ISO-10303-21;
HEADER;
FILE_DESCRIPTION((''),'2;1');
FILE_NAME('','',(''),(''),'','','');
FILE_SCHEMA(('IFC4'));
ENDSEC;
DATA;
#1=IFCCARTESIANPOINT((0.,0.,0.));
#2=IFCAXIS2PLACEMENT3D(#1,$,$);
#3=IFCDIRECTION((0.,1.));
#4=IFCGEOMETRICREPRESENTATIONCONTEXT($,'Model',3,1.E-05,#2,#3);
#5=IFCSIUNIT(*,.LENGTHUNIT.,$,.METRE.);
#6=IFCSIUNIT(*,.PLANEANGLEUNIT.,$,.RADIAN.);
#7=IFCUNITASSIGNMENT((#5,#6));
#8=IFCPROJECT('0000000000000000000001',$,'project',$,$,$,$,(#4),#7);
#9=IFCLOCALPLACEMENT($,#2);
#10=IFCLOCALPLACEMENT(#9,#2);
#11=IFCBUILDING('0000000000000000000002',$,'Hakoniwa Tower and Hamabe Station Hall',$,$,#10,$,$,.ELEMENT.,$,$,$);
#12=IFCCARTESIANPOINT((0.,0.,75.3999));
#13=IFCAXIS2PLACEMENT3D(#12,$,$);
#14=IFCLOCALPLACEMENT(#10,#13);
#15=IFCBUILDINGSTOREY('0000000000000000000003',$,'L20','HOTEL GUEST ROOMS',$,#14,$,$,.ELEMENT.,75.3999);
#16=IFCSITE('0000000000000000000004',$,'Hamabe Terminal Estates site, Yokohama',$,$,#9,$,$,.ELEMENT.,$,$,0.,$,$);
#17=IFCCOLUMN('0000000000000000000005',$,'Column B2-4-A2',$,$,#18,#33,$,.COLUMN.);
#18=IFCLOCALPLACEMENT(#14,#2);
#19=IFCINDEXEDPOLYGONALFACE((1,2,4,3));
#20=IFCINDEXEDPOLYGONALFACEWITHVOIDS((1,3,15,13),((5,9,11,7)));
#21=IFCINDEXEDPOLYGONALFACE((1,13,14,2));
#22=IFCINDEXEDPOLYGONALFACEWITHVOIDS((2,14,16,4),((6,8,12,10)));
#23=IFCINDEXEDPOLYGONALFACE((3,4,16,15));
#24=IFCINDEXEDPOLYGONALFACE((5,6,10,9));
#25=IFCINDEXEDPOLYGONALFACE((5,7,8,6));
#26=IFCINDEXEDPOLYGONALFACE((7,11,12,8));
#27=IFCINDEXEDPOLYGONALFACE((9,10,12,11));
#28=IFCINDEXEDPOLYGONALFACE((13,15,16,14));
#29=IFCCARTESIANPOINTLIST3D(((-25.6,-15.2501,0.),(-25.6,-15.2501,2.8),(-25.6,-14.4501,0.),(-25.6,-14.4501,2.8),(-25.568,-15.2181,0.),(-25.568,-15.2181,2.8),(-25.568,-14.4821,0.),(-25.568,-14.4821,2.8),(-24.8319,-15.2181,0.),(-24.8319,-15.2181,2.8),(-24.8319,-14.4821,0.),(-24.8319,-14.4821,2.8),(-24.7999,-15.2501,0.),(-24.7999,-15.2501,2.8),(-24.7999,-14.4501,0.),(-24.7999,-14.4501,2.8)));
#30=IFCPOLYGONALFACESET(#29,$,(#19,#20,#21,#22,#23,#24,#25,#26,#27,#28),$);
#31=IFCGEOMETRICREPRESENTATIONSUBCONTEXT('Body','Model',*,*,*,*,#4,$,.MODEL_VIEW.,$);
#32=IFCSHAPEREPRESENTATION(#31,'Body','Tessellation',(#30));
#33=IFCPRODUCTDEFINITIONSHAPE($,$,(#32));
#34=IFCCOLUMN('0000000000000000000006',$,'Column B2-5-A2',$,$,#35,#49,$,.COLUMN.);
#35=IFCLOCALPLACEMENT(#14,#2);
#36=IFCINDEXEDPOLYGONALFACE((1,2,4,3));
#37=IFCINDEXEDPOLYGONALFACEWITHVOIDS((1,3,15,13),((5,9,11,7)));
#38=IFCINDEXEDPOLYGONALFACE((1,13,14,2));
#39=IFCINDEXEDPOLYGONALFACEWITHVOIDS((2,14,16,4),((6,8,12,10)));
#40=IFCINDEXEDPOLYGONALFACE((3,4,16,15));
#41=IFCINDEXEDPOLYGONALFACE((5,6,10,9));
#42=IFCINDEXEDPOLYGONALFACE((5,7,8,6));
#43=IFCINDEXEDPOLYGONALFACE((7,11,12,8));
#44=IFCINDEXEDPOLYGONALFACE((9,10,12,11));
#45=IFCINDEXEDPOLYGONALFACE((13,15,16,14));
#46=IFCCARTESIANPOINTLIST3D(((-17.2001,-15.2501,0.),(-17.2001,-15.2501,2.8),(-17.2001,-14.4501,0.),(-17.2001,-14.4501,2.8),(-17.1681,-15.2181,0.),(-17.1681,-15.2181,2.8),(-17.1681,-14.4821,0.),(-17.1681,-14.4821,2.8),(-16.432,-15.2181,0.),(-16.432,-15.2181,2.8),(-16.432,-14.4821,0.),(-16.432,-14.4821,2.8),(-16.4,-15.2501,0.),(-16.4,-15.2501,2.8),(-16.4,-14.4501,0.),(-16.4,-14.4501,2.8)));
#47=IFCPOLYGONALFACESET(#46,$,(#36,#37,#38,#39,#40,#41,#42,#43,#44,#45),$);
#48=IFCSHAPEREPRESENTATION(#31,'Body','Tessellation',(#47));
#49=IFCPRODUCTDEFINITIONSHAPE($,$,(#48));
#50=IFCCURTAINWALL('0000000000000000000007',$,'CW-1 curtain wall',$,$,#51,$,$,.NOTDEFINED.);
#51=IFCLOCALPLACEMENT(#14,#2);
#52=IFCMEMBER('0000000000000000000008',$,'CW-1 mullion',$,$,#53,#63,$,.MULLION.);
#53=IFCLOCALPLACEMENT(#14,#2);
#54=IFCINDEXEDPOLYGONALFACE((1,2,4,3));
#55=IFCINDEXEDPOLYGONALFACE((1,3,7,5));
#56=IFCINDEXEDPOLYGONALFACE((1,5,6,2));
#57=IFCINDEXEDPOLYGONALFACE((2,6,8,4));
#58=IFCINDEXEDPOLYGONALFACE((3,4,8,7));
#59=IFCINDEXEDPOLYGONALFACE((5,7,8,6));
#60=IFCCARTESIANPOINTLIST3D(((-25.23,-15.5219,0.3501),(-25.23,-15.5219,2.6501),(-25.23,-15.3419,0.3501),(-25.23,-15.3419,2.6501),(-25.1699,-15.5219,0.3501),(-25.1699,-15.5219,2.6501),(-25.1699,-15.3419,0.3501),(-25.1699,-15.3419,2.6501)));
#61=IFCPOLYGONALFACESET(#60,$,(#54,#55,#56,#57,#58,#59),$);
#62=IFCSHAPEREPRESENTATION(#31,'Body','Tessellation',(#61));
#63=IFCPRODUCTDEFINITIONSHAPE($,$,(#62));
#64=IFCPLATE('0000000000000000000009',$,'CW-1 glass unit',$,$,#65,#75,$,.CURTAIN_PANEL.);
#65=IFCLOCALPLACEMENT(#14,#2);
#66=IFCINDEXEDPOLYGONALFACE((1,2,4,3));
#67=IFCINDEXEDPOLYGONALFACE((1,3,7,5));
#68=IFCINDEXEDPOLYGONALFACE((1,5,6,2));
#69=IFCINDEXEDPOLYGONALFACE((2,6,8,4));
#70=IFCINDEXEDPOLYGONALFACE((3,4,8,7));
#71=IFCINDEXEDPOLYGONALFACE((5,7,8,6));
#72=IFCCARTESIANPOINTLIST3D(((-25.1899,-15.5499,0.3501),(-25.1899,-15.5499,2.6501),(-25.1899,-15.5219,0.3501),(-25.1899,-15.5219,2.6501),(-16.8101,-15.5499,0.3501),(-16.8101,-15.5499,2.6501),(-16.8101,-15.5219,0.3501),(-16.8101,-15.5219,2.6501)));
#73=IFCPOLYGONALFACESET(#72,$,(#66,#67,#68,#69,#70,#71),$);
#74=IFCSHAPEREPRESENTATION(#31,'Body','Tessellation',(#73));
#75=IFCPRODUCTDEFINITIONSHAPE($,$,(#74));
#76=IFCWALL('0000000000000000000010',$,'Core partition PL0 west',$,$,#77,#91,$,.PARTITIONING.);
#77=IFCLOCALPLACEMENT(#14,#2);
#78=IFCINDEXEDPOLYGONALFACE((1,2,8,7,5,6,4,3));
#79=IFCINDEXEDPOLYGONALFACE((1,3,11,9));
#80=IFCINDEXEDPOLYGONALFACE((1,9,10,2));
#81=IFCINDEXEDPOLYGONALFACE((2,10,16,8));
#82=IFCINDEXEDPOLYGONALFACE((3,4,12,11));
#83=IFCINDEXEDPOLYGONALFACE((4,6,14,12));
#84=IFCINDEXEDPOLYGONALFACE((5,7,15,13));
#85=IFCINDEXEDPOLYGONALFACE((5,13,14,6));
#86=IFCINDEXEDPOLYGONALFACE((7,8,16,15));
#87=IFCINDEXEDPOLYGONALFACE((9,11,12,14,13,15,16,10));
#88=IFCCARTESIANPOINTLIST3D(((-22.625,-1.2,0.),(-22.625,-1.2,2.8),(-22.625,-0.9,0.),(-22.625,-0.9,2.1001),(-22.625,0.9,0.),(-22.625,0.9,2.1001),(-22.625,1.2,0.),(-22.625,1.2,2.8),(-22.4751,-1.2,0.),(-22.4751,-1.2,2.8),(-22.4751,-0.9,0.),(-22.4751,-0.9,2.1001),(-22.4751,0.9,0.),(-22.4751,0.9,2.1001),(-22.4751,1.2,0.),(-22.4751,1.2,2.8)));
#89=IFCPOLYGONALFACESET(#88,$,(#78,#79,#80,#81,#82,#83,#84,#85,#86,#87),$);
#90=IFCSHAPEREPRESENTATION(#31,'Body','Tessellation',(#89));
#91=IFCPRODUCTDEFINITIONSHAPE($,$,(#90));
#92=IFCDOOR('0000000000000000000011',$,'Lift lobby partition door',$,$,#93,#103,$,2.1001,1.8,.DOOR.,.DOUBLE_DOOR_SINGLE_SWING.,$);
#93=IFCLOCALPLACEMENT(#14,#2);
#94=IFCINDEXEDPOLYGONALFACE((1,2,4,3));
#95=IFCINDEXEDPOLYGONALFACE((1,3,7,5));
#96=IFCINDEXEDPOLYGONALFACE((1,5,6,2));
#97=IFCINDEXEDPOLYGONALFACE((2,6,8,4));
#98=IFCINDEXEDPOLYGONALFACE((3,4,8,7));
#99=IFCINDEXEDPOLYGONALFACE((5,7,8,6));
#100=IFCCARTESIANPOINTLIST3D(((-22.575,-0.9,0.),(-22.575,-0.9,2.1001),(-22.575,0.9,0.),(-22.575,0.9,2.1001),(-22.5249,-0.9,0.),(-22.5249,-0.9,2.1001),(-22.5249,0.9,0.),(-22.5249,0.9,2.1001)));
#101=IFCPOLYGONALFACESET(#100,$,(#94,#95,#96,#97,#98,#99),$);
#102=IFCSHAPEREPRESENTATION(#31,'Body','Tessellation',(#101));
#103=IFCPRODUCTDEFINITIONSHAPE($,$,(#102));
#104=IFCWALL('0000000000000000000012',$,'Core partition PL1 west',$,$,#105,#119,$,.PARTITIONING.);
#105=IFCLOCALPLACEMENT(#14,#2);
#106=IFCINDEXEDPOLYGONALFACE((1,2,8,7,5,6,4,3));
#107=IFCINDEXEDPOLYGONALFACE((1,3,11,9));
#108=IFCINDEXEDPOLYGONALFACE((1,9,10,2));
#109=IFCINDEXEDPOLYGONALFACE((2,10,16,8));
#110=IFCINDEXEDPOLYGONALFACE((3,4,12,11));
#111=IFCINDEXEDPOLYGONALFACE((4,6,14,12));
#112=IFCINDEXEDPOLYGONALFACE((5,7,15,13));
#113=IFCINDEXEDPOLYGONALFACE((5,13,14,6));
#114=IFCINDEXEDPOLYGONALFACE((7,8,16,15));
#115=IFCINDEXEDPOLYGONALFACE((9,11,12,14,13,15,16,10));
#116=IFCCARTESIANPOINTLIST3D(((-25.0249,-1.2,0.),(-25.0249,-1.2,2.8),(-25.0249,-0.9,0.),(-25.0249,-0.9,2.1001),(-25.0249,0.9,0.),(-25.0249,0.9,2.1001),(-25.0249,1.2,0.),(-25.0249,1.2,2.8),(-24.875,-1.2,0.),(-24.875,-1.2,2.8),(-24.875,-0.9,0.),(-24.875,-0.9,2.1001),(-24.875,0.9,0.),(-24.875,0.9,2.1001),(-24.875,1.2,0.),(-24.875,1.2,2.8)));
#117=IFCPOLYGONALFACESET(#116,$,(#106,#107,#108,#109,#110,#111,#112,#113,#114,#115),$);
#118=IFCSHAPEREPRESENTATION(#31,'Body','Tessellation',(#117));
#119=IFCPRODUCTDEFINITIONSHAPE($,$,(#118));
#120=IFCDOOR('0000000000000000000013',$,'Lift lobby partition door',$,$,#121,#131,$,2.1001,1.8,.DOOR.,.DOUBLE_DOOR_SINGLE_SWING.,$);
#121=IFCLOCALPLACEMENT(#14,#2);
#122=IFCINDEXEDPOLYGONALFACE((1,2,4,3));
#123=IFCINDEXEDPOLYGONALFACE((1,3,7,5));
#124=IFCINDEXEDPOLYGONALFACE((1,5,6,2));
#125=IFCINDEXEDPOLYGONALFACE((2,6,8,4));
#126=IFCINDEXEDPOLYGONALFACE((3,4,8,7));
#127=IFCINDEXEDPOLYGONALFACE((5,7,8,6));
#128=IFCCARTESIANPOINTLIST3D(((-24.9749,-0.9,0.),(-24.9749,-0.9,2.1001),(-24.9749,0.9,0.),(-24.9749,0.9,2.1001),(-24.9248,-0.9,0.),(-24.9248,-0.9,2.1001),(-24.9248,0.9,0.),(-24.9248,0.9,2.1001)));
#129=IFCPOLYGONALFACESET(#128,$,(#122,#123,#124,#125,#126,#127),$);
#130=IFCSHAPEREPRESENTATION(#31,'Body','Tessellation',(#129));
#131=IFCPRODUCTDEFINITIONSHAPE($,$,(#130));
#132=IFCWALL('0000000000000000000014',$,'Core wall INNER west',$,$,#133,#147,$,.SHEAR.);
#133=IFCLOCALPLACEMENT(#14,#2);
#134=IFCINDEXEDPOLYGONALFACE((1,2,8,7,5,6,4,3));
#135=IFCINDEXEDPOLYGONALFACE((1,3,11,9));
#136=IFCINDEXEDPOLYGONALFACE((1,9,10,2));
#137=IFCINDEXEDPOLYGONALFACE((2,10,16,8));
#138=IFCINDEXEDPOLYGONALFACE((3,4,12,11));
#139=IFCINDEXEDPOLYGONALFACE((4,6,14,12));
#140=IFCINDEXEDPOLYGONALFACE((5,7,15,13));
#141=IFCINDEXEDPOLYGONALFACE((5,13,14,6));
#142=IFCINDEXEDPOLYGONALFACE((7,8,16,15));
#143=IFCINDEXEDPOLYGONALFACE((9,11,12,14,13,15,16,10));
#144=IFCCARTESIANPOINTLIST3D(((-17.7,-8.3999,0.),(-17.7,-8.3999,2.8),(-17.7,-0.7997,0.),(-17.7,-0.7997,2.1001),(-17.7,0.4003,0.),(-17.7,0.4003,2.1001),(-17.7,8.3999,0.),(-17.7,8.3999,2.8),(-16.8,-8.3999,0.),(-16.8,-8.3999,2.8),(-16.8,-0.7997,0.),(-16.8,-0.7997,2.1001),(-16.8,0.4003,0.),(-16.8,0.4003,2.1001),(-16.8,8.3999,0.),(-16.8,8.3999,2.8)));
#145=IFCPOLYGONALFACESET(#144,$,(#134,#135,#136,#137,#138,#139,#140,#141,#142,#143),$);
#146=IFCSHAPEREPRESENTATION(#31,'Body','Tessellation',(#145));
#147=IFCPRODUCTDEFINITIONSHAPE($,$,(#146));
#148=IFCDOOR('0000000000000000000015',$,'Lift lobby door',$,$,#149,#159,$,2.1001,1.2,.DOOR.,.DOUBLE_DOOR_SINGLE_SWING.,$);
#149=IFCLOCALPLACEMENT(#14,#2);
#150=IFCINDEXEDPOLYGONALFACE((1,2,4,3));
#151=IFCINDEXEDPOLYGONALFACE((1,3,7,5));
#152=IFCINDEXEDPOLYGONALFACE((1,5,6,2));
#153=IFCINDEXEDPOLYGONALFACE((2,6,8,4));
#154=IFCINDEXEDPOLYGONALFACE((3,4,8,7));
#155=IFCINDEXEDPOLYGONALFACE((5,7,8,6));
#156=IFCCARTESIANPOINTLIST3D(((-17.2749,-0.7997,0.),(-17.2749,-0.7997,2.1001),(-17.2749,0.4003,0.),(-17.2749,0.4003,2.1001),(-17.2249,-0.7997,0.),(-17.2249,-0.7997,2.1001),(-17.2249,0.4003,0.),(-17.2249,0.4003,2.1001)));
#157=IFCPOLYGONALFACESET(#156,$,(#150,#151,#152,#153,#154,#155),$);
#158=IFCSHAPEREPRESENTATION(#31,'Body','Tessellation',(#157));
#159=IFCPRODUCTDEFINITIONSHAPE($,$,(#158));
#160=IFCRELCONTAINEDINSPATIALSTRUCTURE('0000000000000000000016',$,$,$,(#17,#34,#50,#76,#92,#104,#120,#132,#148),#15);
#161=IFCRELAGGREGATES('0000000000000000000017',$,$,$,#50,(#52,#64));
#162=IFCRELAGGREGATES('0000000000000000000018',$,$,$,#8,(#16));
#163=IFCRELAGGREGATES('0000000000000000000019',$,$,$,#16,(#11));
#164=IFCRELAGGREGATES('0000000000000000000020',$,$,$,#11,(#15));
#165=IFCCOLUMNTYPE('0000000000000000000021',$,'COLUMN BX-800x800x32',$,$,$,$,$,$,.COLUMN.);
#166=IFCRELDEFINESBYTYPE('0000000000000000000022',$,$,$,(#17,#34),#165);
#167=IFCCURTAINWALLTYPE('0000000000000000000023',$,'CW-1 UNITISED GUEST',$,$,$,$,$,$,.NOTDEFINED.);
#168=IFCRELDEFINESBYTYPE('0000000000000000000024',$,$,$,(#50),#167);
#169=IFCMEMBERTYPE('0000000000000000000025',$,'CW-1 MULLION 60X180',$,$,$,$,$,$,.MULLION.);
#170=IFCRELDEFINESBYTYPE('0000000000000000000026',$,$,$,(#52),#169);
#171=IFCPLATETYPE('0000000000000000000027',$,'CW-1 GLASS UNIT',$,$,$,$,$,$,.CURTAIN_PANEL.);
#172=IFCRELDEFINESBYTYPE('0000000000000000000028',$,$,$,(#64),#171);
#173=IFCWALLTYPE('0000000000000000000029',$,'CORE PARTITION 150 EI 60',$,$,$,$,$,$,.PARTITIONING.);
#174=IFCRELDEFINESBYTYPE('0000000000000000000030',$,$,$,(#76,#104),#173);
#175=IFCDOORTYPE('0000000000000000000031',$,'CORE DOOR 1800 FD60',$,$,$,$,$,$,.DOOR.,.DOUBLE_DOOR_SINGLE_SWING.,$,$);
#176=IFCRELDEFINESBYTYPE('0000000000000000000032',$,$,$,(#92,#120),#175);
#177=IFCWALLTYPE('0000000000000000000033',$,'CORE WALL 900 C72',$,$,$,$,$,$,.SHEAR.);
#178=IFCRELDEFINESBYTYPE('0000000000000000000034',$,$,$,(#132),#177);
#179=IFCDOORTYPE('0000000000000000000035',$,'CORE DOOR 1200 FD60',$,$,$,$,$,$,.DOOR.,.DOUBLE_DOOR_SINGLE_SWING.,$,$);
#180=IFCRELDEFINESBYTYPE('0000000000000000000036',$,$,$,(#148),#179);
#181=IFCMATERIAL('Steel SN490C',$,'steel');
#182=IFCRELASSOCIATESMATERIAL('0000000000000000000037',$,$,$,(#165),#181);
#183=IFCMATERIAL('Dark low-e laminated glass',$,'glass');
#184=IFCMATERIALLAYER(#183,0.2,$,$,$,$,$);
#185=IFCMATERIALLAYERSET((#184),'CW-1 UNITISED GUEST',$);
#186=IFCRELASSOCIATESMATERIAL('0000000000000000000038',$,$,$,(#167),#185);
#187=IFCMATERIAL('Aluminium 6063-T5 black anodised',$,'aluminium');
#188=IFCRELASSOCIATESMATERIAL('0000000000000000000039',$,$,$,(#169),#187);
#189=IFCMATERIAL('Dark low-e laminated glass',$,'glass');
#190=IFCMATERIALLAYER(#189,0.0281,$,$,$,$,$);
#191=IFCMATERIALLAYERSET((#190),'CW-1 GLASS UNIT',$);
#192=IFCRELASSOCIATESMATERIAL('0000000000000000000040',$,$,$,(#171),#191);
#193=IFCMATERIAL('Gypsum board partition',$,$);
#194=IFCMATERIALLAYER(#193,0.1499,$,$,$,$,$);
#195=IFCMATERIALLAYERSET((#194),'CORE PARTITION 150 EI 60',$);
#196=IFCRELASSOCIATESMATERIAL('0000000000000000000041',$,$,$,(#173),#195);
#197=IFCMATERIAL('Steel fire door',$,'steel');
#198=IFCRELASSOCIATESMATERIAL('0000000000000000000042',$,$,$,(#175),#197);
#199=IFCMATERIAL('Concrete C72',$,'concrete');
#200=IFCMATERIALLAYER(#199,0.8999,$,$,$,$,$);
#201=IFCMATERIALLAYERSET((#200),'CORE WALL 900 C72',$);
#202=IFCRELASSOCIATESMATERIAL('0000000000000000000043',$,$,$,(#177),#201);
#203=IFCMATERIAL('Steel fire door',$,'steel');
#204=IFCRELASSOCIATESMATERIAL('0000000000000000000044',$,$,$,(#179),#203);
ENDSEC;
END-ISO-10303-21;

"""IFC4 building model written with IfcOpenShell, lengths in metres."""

from ifc_helpers import new_model, si_unit, direction, frame, frame_2d, origin, origin_2d, place, context, subcontext, project, spatial, rectangle, hollow_rectangle, extrude, material, layer, layer_set, material_profile, profile_set, type_object, element, fill, aggregate, save


model = new_model("IFC4")

# Units and contexts
model_context = context("Model", 3, precision=1e-05, world=origin(), true_north=direction((0.0, 1.0)))
body_context = subcontext(model_context, "Body", "Model", "MODEL_VIEW")
ifc_project = project(units=[si_unit("LENGTHUNIT", "METRE"), si_unit("PLANEANGLEUNIT", "RADIAN")], contexts=[model_context])

# Site, building, storey
site_placement = place(None, origin())
site = spatial("IfcSite", under=ifc_project, at=site_placement, Name="Hamabe Terminal Estates site, Yokohama", CompositionType="ELEMENT", RefElevation=0.0)
building_placement = place(site_placement, origin())
building = spatial("IfcBuilding", under=site, at=building_placement, Name="Hakoniwa Tower and Hamabe Station Hall", CompositionType="ELEMENT")
storey_placement = place(building_placement, frame((0.0, 0.0, 75.3999)))
storey = spatial("IfcBuildingStorey", under=building, at=storey_placement, Name="L20", Description="HOTEL GUEST ROOMS", CompositionType="ELEMENT", Elevation=75.3999)

# Columns
ifc_material_1 = material(Name="Steel SN490C", Category="steel")
ifc_material_profile_1 = material_profile(ifc_material_1, hollow_rectangle(XDim=0.8, YDim=0.8, WallThickness=0.032, at=origin_2d()), Name="BX-800x800x32")
ifc_profile_set_1 = profile_set([ifc_material_profile_1], Name="Steel SN490C")
column_type = type_object("IfcColumnType", Name="COLUMN BX-800x800x32", PredefinedType="COLUMN", material=ifc_profile_set_1)
for number, where, z_axis, x_axis, name in (
    (1, (-25.2, -14.8501, 0.0), (0.0, 0.0, 1.0), (1.0, 0.0, 0.0), "Column B2-4-A2"),
    (2, (-16.8, -14.8501, 0.0), (0.0, 0.0, 1.0), (1.0, 0.0, 0.0), "Column B2-5-A2"),
):
    element("IfcColumn", number, at=place(storey_placement, frame(where, z_axis=z_axis, x_axis=x_axis)), inside=storey, type_object=column_type, Name=name, PredefinedType="COLUMN", context=body_context, shape_type="SweptSolid", body=[
        extrude(hollow_rectangle(XDim=0.8, YDim=0.8, WallThickness=0.032, at=origin_2d()), origin(), (0.0, 0.0, 1.0), 2.8),
    ])

# Curtain wall, member, plate
ifc_material_2 = material(Name="Dark low-e laminated glass", Category="glass")
ifc_layer_1 = layer(ifc_material_2, 0.2)
ifc_layer_set_1 = layer_set([ifc_layer_1], Name="CW-1 UNITISED GUEST")
curtain_wall_type = type_object("IfcCurtainWallType", Name="CW-1 UNITISED GUEST", PredefinedType="NOTDEFINED", material=ifc_layer_set_1)
curtain_wall_placement = place(storey_placement, origin())
curtain_wall = element("IfcCurtainWall", 3, at=curtain_wall_placement, inside=storey, type_object=curtain_wall_type, Name="CW-1 curtain wall", PredefinedType="NOTDEFINED")
ifc_material_3 = material(Name="Aluminium 6063-T5 black anodised", Category="aluminium")
ifc_material_profile_2 = material_profile(ifc_material_3, rectangle(XDim=0.0601, YDim=0.1799, at=origin_2d()), Name="CW-1 MULLION 60X180")
ifc_profile_set_2 = profile_set([ifc_material_profile_2], Name="Aluminium 6063-T5 black anodised")
member_type = type_object("IfcMemberType", Name="CW-1 MULLION 60X180", PredefinedType="MULLION", material=ifc_profile_set_2)
member_placement = place(storey_placement, frame((-25.2, -15.4319, 0.3501), z_axis=(0.0, 0.0, 1.0), x_axis=(1.0, 0.0, 0.0)))
member = element("IfcMember", 4, at=member_placement, type_object=member_type, Name="CW-1 mullion", PredefinedType="MULLION", context=body_context, shape_type="SweptSolid", body=[
    extrude(rectangle(XDim=0.0601, YDim=0.1799, at=origin_2d()), origin(), (0.0, 0.0, 1.0), 2.3),
])
ifc_material_4 = material(Name="Dark low-e laminated glass", Category="glass")
ifc_layer_2 = layer(ifc_material_4, 0.0281)
ifc_layer_set_2 = layer_set([ifc_layer_2], Name="CW-1 GLASS UNIT")
plate_type = type_object("IfcPlateType", Name="CW-1 GLASS UNIT", PredefinedType="CURTAIN_PANEL", material=ifc_layer_set_2)
plate_placement = place(storey_placement, frame((-21.0, -15.5359, 0.3501), z_axis=(0.0, 0.0, 1.0), x_axis=(1.0, 0.0, 0.0)))
plate = element("IfcPlate", 5, at=plate_placement, type_object=plate_type, Name="CW-1 glass unit", PredefinedType="CURTAIN_PANEL", context=body_context, shape_type="SweptSolid", body=[
    extrude(rectangle(XDim=8.3799, YDim=0.0281, at=origin_2d()), origin(), (0.0, 0.0, 1.0), 2.3),
])
aggregate(curtain_wall, [member, plate])

# Walls, openings, doors
ifc_material_5 = material(Name="Gypsum board partition")
ifc_layer_3 = layer(ifc_material_5, 0.1499)
ifc_layer_set_3 = layer_set([ifc_layer_3], Name="CORE PARTITION 150 EI 60")
wall_type_1 = type_object("IfcWallType", Name="CORE PARTITION 150 EI 60", PredefinedType="PARTITIONING", material=ifc_layer_set_3)
wall_1_placement = place(storey_placement, frame((-22.55, -1.2, 0.0), z_axis=(0.0, 0.0, 1.0), x_axis=(0.0, 1.0, 0.0)))
wall_1 = element("IfcWall", 6, at=wall_1_placement, inside=storey, type_object=wall_type_1, Name="Core partition PL0 west", PredefinedType="PARTITIONING", context=body_context, shape_type="SweptSolid", body=[
    extrude(rectangle(XDim=2.3999, YDim=0.1499, at=frame_2d((1.2, 0.0))), origin(), (0.0, 0.0, 1.0), 2.8),
])
opening_1_placement = place(wall_1_placement, frame((0.3, 0.0, 0.0)))
opening_1 = element("IfcOpeningElement", 7, at=opening_1_placement, cuts=wall_1, PredefinedType="OPENING", context=body_context, shape_type="SweptSolid", body=[
    extrude(rectangle(XDim=1.8, YDim=2.1001, at=frame_2d((0.8999, 1.05))), frame((0.0, 0.085, 0.0), z_axis=(0.0, -1.0, 0.0), x_axis=(1.0, 0.0, 0.0)), (0.0, 0.0, 1.0), 0.1699),
])
ifc_material_6 = material(Name="Steel fire door", Category="steel")
door_type_1 = type_object("IfcDoorType", Name="CORE DOOR 1800 FD60", OperationType="DOUBLE_DOOR_SINGLE_SWING", PredefinedType="DOOR", material=ifc_material_6)
door_1_placement = place(opening_1_placement, origin())
door_1 = element("IfcDoor", 8, at=door_1_placement, inside=storey, type_object=door_type_1, Name="Lift lobby partition door", OperationType="DOUBLE_DOOR_SINGLE_SWING", OverallHeight=2.1001, OverallWidth=1.8, PredefinedType="DOOR", context=body_context, shape_type="SweptSolid", body=[
    extrude(rectangle(XDim=1.8, YDim=2.1001, at=frame_2d((0.8999, 1.05))), frame((0.0, 0.0249, 0.0), z_axis=(0.0, -1.0, 0.0), x_axis=(1.0, 0.0, 0.0)), (0.0, 0.0, 1.0), 0.05),
])
fill(opening_1, door_1)
wall_2_placement = place(storey_placement, frame((-24.95, -1.2, 0.0), z_axis=(0.0, 0.0, 1.0), x_axis=(0.0, 1.0, 0.0)))
wall_2 = element("IfcWall", 9, at=wall_2_placement, inside=storey, type_object=wall_type_1, Name="Core partition PL1 west", PredefinedType="PARTITIONING", context=body_context, shape_type="SweptSolid", body=[
    extrude(rectangle(XDim=2.3999, YDim=0.1499, at=frame_2d((1.2, 0.0))), origin(), (0.0, 0.0, 1.0), 2.8),
])
opening_2_placement = place(wall_2_placement, frame((0.3, 0.0, 0.0)))
opening_2 = element("IfcOpeningElement", 10, at=opening_2_placement, cuts=wall_2, PredefinedType="OPENING", context=body_context, shape_type="SweptSolid", body=[
    extrude(rectangle(XDim=1.8, YDim=2.1001, at=frame_2d((0.8999, 1.05))), frame((0.0, 0.085, 0.0), z_axis=(0.0, -1.0, 0.0), x_axis=(1.0, 0.0, 0.0)), (0.0, 0.0, 1.0), 0.1699),
])
door_2_placement = place(opening_2_placement, origin())
door_2 = element("IfcDoor", 11, at=door_2_placement, inside=storey, type_object=door_type_1, Name="Lift lobby partition door", OperationType="DOUBLE_DOOR_SINGLE_SWING", OverallHeight=2.1001, OverallWidth=1.8, PredefinedType="DOOR", context=body_context, shape_type="SweptSolid", body=[
    extrude(rectangle(XDim=1.8, YDim=2.1001, at=frame_2d((0.8999, 1.05))), frame((0.0, 0.0249, 0.0), z_axis=(0.0, -1.0, 0.0), x_axis=(1.0, 0.0, 0.0)), (0.0, 0.0, 1.0), 0.05),
])
fill(opening_2, door_2)
ifc_material_7 = material(Name="Concrete C72", Category="concrete")
ifc_layer_4 = layer(ifc_material_7, 0.8999)
ifc_layer_set_4 = layer_set([ifc_layer_4], Name="CORE WALL 900 C72")
wall_type_2 = type_object("IfcWallType", Name="CORE WALL 900 C72", PredefinedType="SHEAR", material=ifc_layer_set_4)
wall_3_placement = place(storey_placement, frame((-17.25, -8.3999, 0.0), z_axis=(0.0, 0.0, 1.0), x_axis=(0.0, 1.0, 0.0)))
wall_3 = element("IfcWall", 12, at=wall_3_placement, inside=storey, type_object=wall_type_2, Name="Core wall INNER west", PredefinedType="SHEAR", context=body_context, shape_type="SweptSolid", body=[
    extrude(rectangle(XDim=16.7998, YDim=0.8999, at=frame_2d((8.3999, 0.0))), origin(), (0.0, 0.0, 1.0), 2.8),
])
opening_3_placement = place(wall_3_placement, frame((7.6001, 0.0, 0.0)))
opening_3 = element("IfcOpeningElement", 13, at=opening_3_placement, cuts=wall_3, PredefinedType="OPENING", context=body_context, shape_type="SweptSolid", body=[
    extrude(rectangle(XDim=1.2, YDim=2.1001, at=frame_2d((0.6001, 1.05))), frame((0.0, 0.46, 0.0), z_axis=(0.0, -1.0, 0.0), x_axis=(1.0, 0.0, 0.0)), (0.0, 0.0, 1.0), 0.9199),
])
ifc_material_8 = material(Name="Steel fire door", Category="steel")
door_type_2 = type_object("IfcDoorType", Name="CORE DOOR 1200 FD60", OperationType="DOUBLE_DOOR_SINGLE_SWING", PredefinedType="DOOR", material=ifc_material_8)
door_3_placement = place(opening_3_placement, origin())
door_3 = element("IfcDoor", 14, at=door_3_placement, inside=storey, type_object=door_type_2, Name="Lift lobby door", OperationType="DOUBLE_DOOR_SINGLE_SWING", OverallHeight=2.1001, OverallWidth=1.2, PredefinedType="DOOR", context=body_context, shape_type="SweptSolid", body=[
    extrude(rectangle(XDim=1.2, YDim=2.1001, at=frame_2d((0.6001, 1.05))), frame((0.0, 0.0249, 0.0), z_axis=(0.0, -1.0, 0.0), x_axis=(1.0, 0.0, 0.0)), (0.0, 0.0, 1.0), 0.05),
])
fill(opening_3, door_3)

save(model, "model.ifc")
